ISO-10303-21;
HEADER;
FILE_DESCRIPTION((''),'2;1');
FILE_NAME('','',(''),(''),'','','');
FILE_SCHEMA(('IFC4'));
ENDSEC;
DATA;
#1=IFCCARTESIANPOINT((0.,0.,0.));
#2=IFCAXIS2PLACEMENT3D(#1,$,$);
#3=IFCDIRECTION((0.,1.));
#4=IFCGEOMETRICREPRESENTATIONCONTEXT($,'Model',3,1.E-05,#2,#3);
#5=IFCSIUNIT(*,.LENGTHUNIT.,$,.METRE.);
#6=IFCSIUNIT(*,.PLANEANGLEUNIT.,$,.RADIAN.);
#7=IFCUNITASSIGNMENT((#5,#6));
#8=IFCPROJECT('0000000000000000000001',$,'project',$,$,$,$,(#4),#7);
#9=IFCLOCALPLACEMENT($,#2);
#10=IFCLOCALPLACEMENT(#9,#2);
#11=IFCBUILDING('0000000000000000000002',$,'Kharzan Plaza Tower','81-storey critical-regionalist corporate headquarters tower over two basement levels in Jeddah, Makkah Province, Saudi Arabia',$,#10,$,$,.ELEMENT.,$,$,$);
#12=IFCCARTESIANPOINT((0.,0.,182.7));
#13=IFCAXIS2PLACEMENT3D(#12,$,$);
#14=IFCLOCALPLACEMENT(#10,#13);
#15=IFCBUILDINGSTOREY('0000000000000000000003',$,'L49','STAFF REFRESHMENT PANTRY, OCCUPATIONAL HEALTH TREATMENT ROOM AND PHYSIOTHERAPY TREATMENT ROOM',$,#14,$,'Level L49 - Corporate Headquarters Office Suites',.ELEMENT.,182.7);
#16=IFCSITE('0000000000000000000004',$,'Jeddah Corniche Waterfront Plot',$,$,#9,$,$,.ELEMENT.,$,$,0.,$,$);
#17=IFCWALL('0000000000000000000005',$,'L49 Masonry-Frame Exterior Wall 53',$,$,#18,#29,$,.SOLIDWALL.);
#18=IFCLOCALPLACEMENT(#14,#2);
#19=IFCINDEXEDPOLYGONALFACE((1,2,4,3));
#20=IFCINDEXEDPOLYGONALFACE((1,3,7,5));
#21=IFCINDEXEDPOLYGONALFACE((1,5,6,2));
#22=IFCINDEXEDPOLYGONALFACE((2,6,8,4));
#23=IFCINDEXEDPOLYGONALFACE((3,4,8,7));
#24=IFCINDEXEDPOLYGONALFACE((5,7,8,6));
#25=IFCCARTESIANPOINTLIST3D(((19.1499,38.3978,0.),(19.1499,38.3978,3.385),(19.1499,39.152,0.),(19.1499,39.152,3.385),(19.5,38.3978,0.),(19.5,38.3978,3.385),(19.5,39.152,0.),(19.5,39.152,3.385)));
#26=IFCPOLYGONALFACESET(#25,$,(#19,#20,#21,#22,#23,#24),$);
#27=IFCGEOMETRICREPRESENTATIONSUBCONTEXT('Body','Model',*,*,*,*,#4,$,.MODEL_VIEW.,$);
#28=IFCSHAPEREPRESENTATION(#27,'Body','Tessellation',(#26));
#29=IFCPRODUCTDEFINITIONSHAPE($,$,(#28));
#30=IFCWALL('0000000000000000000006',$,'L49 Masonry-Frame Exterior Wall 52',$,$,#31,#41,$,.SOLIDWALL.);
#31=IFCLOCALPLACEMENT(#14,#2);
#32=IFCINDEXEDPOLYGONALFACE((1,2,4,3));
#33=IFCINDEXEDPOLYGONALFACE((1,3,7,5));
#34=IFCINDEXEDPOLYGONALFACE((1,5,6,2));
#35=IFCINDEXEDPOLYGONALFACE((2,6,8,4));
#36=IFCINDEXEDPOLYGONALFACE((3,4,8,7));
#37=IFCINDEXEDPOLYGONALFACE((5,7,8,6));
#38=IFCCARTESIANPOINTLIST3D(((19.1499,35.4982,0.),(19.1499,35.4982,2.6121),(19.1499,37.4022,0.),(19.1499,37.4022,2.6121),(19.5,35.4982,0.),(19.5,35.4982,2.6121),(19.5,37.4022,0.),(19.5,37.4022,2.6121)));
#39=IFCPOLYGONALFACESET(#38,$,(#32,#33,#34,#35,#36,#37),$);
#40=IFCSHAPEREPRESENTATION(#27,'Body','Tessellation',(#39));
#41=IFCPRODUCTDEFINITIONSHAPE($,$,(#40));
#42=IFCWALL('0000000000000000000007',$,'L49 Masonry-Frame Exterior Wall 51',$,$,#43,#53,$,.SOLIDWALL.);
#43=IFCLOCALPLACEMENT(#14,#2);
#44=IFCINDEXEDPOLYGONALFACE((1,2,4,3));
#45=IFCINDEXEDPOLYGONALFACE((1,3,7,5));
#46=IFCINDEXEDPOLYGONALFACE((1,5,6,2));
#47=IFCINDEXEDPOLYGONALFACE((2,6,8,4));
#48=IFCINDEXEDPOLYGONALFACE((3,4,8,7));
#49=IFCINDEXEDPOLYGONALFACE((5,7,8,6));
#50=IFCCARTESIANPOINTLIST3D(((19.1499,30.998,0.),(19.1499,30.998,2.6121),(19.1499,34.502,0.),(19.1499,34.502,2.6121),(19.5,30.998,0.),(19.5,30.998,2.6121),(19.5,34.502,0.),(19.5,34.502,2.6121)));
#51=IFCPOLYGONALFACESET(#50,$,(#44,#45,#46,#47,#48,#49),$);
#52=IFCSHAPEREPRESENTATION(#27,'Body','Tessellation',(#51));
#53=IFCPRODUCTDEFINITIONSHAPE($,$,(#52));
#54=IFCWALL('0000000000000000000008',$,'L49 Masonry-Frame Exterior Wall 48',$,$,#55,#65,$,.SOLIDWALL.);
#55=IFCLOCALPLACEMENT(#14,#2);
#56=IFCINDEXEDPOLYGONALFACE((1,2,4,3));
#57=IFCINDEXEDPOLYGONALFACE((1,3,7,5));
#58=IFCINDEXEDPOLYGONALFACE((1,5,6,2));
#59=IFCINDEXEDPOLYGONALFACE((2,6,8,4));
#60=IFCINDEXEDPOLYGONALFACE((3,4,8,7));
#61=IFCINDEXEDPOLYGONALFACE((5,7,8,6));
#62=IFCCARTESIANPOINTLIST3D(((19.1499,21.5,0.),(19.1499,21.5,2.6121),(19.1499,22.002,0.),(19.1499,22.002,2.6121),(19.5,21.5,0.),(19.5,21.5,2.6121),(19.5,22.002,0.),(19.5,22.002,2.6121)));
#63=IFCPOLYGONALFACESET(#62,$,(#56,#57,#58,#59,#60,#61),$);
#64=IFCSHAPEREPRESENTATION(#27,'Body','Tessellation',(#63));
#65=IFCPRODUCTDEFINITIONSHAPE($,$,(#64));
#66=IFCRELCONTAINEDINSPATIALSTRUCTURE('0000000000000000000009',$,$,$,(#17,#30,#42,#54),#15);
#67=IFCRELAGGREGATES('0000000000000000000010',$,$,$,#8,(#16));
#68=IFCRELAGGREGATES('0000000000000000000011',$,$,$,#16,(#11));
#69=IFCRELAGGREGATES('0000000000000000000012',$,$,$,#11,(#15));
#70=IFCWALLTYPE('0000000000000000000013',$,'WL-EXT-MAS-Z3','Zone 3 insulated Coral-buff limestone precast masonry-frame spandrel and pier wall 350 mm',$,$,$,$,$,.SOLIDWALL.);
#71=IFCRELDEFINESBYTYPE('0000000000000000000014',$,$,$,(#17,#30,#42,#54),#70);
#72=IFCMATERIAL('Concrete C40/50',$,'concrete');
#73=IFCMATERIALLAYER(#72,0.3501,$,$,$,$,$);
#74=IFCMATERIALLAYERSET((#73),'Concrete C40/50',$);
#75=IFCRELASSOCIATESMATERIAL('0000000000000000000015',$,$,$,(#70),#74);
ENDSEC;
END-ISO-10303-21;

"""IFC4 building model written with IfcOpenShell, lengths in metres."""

from ifc_helpers import new_model, si_unit, direction, frame, frame_2d, origin, place, context, subcontext, project, spatial, rectangle, extrude, source, transform, mapped, material, layer, layer_set, type_object, element, save


model = new_model("IFC4")

# Units and contexts
model_context = context("Model", 3, precision=1e-05, world=origin(), true_north=direction((0.0, 1.0)))
body_context = subcontext(model_context, "Body", "Model", "MODEL_VIEW")
ifc_project = project(units=[si_unit("LENGTHUNIT", "METRE"), si_unit("PLANEANGLEUNIT", "RADIAN")], contexts=[model_context])

# Site, building, storey
site_placement = place(None, origin())
site = spatial("IfcSite", under=ifc_project, at=site_placement, Name="Jeddah Corniche Waterfront Plot", CompositionType="ELEMENT", RefElevation=0.0)
building_placement = place(site_placement, origin())
building = spatial("IfcBuilding", under=site, at=building_placement, Name="Kharzan Plaza Tower", Description="81-storey critical-regionalist corporate headquarters tower over two basement levels in Jeddah, Makkah Province, Saudi Arabia", CompositionType="ELEMENT")
storey_placement = place(building_placement, frame((0.0, 0.0, 182.7)))
storey = spatial("IfcBuildingStorey", under=building, at=storey_placement, Name="L49", Description="STAFF REFRESHMENT PANTRY, OCCUPATIONAL HEALTH TREATMENT ROOM AND PHYSIOTHERAPY TREATMENT ROOM", LongName="Level L49 - Corporate Headquarters Office Suites", CompositionType="ELEMENT", Elevation=182.7)

# Shared definitions
ifc_material_1 = material(Name="Concrete C40/50", Category="concrete")
ifc_layer_1 = layer(ifc_material_1, 0.3501)
ifc_layer_set_1 = layer_set([ifc_layer_1], Name="Concrete C40/50")
wall_type = type_object("IfcWallType", Name="WL-EXT-MAS-Z3", Description="Zone 3 insulated Coral-buff limestone precast masonry-frame spandrel and pier wall 350 mm", PredefinedType="SOLIDWALL", material=ifc_layer_set_1)

# Walls
shared_shape_1 = source(origin(), body_context, "Body", "SweptSolid", [
    extrude(rectangle(XDim=0.7542, YDim=0.3501, at=frame_2d((0.377, 0.0))), origin(), (0.0, 0.0, 1.0), 3.385),
])
wall_1_placement = place(storey_placement, frame((19.325, 38.3979, 0.0), z_axis=(0.0, 0.0, 1.0), x_axis=(0.0, 1.0, 0.0)))
element("IfcWall", 1, at=wall_1_placement, inside=storey, type_object=wall_type, Name="L49 Masonry-Frame Exterior Wall 53", PredefinedType="SOLIDWALL", context=body_context, shape_type="MappedRepresentation", body=[
    mapped(shared_shape_1, transform((0.0, 0.0, 0.0), x_axis=(1.0, 0.0, 0.0), y_axis=(0.0, 1.0, 0.0), z_axis=(0.0, 0.0, 1.0))),
])
shared_shape_2 = source(origin(), body_context, "Body", "SweptSolid", [
    extrude(rectangle(XDim=1.9041, YDim=0.3501, at=frame_2d((0.9521, 0.0))), origin(), (0.0, 0.0, 1.0), 2.6121),
])
wall_2_placement = place(storey_placement, frame((19.325, 35.498, 0.0), z_axis=(0.0, 0.0, 1.0), x_axis=(0.0, 1.0, 0.0)))
element("IfcWall", 2, at=wall_2_placement, inside=storey, type_object=wall_type, Name="L49 Masonry-Frame Exterior Wall 52", PredefinedType="SOLIDWALL", context=body_context, shape_type="MappedRepresentation", body=[
    mapped(shared_shape_2, transform((0.0, 0.0, 0.0), x_axis=(1.0, 0.0, 0.0), y_axis=(0.0, 1.0, 0.0), z_axis=(0.0, 0.0, 1.0))),
])
shared_shape_3 = source(origin(), body_context, "Body", "SweptSolid", [
    extrude(rectangle(XDim=3.5039, YDim=0.3501, at=frame_2d((1.752, 0.0))), origin(), (0.0, 0.0, 1.0), 2.6121),
])
wall_3_placement = place(storey_placement, frame((19.325, 30.998, 0.0), z_axis=(0.0, 0.0, 1.0), x_axis=(0.0, 1.0, 0.0)))
element("IfcWall", 3, at=wall_3_placement, inside=storey, type_object=wall_type, Name="L49 Masonry-Frame Exterior Wall 51", PredefinedType="SOLIDWALL", context=body_context, shape_type="MappedRepresentation", body=[
    mapped(shared_shape_3, transform((0.0, 0.0, 0.0), x_axis=(1.0, 0.0, 0.0), y_axis=(0.0, 1.0, 0.0), z_axis=(0.0, 0.0, 1.0))),
])
shared_shape_4 = source(origin(), body_context, "Body", "SweptSolid", [
    extrude(rectangle(XDim=0.502, YDim=0.3501, at=frame_2d((0.251, 0.0))), origin(), (0.0, 0.0, 1.0), 2.6121),
])
wall_4_placement = place(storey_placement, frame((19.325, 21.5, 0.0), z_axis=(0.0, 0.0, 1.0), x_axis=(0.0, 1.0, 0.0)))
element("IfcWall", 4, at=wall_4_placement, inside=storey, type_object=wall_type, Name="L49 Masonry-Frame Exterior Wall 48", PredefinedType="SOLIDWALL", context=body_context, shape_type="MappedRepresentation", body=[
    mapped(shared_shape_4, transform((0.0, 0.0, 0.0), x_axis=(1.0, 0.0, 0.0), y_axis=(0.0, 1.0, 0.0), z_axis=(0.0, 0.0, 1.0))),
])

save(model, "model.ifc")
